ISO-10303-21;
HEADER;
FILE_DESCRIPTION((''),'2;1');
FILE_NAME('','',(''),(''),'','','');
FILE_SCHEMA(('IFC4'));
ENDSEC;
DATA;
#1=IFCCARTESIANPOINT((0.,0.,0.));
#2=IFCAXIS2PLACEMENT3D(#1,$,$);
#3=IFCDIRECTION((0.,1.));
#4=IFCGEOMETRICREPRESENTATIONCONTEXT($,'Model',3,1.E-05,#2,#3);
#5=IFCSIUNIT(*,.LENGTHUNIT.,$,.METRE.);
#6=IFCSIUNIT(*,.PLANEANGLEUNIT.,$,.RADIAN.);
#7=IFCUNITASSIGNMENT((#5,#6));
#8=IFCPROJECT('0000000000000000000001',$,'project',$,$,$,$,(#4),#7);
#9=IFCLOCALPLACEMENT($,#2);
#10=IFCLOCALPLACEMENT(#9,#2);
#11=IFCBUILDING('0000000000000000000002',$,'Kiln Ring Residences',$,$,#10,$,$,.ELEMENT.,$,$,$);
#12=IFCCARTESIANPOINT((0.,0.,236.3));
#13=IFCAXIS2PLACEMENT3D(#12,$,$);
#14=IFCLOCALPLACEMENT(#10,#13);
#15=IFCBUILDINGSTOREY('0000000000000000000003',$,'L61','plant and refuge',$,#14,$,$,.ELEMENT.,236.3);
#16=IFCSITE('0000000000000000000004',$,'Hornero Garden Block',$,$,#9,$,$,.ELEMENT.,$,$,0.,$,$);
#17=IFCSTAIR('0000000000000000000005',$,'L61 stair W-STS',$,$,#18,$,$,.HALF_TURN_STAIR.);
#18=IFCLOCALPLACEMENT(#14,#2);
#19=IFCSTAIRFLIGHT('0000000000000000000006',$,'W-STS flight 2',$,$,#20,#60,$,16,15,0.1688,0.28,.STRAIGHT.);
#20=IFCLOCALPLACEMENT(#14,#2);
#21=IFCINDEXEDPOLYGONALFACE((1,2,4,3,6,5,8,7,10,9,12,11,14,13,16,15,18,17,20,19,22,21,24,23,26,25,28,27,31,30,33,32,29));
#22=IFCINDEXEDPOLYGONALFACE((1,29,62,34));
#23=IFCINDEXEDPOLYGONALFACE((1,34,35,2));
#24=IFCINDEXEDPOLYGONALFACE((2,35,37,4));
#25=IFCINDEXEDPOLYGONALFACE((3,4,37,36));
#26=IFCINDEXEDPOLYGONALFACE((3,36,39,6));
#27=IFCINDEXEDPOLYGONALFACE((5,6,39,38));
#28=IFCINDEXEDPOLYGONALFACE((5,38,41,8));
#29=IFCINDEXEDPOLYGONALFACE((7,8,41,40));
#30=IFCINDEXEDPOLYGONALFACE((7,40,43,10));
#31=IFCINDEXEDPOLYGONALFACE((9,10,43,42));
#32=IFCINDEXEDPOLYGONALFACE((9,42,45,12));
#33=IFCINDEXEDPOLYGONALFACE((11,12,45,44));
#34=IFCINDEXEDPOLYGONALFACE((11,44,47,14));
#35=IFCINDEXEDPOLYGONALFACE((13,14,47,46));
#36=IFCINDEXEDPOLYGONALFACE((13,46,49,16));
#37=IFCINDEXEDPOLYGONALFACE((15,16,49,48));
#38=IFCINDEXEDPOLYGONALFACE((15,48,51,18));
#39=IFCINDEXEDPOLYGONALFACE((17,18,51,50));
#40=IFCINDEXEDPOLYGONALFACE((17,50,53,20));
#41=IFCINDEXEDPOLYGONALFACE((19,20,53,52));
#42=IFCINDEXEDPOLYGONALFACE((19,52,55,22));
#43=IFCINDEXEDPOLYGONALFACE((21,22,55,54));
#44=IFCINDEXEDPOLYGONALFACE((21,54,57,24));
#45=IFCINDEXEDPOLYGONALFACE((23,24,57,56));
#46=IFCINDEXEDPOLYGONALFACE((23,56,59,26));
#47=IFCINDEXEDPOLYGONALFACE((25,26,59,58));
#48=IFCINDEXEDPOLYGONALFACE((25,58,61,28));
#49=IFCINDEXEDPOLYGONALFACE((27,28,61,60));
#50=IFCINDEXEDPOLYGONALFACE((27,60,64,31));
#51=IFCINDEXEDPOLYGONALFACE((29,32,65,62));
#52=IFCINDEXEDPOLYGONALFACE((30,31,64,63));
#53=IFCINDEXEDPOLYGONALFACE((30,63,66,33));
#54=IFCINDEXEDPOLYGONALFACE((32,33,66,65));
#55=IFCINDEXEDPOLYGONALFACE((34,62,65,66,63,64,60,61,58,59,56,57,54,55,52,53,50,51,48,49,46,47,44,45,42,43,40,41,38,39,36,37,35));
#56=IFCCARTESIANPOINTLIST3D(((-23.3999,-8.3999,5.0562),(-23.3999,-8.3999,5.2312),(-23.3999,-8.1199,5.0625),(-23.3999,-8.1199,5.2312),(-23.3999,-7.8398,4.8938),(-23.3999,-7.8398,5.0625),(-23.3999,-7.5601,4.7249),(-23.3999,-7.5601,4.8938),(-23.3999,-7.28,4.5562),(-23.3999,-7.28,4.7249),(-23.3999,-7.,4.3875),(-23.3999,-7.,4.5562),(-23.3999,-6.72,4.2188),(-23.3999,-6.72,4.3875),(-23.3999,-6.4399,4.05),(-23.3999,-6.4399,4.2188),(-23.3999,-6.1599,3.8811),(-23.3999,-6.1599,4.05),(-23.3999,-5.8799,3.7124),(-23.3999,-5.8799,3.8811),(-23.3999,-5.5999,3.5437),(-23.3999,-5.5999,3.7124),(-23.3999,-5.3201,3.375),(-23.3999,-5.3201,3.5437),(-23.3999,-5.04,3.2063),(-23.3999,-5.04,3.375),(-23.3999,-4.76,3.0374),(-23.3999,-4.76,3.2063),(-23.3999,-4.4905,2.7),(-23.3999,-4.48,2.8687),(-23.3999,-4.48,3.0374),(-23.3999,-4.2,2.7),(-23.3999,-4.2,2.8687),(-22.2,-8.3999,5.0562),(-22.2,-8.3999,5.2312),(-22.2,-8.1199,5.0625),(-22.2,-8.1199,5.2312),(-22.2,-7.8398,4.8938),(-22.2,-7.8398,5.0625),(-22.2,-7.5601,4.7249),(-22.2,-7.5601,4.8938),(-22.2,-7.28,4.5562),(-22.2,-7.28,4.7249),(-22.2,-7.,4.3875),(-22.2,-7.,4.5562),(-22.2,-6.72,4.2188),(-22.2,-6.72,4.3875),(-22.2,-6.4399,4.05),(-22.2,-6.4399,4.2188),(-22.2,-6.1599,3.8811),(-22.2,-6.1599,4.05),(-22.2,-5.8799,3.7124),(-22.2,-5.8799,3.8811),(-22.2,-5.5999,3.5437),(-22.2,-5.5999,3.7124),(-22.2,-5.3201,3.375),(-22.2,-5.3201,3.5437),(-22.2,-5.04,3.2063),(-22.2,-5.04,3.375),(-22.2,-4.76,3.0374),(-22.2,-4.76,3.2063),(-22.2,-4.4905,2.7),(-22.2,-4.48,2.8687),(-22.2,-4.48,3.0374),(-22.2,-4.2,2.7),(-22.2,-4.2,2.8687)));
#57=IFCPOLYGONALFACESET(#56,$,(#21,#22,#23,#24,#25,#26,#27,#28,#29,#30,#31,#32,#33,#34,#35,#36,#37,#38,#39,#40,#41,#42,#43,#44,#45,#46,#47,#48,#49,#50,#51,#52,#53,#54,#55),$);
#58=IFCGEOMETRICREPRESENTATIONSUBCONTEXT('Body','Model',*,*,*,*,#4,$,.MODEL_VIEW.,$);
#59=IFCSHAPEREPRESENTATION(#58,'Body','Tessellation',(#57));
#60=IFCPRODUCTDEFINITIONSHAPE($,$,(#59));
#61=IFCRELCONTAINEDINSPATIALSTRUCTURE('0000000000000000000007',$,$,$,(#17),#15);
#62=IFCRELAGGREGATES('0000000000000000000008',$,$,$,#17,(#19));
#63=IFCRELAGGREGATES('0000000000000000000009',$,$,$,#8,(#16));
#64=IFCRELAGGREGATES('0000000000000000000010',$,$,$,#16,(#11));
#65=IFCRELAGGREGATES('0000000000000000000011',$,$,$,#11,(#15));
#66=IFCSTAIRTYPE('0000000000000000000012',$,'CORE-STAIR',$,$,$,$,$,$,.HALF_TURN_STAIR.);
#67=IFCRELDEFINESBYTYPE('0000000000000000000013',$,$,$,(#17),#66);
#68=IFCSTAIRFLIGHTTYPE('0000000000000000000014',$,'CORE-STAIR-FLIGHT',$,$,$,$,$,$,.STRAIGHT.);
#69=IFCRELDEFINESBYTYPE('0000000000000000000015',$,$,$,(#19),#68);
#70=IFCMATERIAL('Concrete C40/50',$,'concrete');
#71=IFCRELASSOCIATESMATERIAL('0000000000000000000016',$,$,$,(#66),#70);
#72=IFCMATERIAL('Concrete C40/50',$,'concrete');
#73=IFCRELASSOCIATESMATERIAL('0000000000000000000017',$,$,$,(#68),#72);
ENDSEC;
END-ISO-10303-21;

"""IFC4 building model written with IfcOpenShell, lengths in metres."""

from ifc_helpers import new_model, si_unit, direction, frame, origin, place, context, subcontext, project, spatial, polyline, outline, extrude, material, type_object, element, aggregate, save


model = new_model("IFC4")

# Units and contexts
model_context = context("Model", 3, precision=1e-05, world=origin(), true_north=direction((0.0, 1.0)))
body_context = subcontext(model_context, "Body", "Model", "MODEL_VIEW")
ifc_project = project(units=[si_unit("LENGTHUNIT", "METRE"), si_unit("PLANEANGLEUNIT", "RADIAN")], contexts=[model_context])

# Site, building, storey
site_placement = place(None, origin())
site = spatial("IfcSite", under=ifc_project, at=site_placement, Name="Hornero Garden Block", CompositionType="ELEMENT", RefElevation=0.0)
building_placement = place(site_placement, origin())
building = spatial("IfcBuilding", under=site, at=building_placement, Name="Kiln Ring Residences", CompositionType="ELEMENT")
storey_placement = place(building_placement, frame((0.0, 0.0, 236.3)))
storey = spatial("IfcBuildingStorey", under=building, at=storey_placement, Name="L61", Description="plant and refuge", CompositionType="ELEMENT", Elevation=236.3)

# Stair, stair flight
ifc_material_1 = material(Name="Concrete C40/50", Category="concrete")
stair_type = type_object("IfcStairType", Name="CORE-STAIR", PredefinedType="HALF_TURN_STAIR", material=ifc_material_1)
stair_placement = place(storey_placement, origin())
stair = element("IfcStair", 1, at=stair_placement, inside=storey, type_object=stair_type, Name="L61 stair W-STS", PredefinedType="HALF_TURN_STAIR")
ifc_material_2 = material(Name="Concrete C40/50", Category="concrete")
stair_flight_type = type_object("IfcStairFlightType", Name="CORE-STAIR-FLIGHT", PredefinedType="STRAIGHT", material=ifc_material_2)
stair_flight_1_placement = place(storey_placement, frame((-22.8, -4.2, 2.7), z_axis=(0.0, 0.0, 1.0), x_axis=(0.0, -1.0, 0.0)))
stair_flight_1 = element("IfcStairFlight", 2, at=stair_flight_1_placement, type_object=stair_flight_type, Name="W-STS flight 2", NumberOfRisers=16, NumberOfTreads=15, PredefinedType="STRAIGHT", RiserHeight=0.1688, TreadLength=0.28, context=body_context, shape_type="SweptSolid", body=[
    extrude(outline(polyline([(0.0, 0.0), (0.0, 0.1687), (0.28, 0.1687), (0.28, 0.3374), (0.5601, 0.3374), (0.5601, 0.5063), (0.8401, 0.5063), (0.8401, 0.675), (1.1201, 0.675), (1.1201, 0.8438), (1.3999, 0.8438), (1.3999, 1.0125), (1.6799, 1.0125), (1.6799, 1.1812), (1.96, 1.1812), (1.96, 1.3501), (2.24, 1.3501), (2.24, 1.5188), (2.52, 1.5188), (2.52, 1.6875), (2.8, 1.6875), (2.8, 1.8562), (3.0801, 1.8562), (3.0801, 2.0249), (3.3601, 2.0249), (3.3601, 2.1938), (3.6399, 2.1938), (3.6399, 2.3625), (3.9199, 2.3625), (3.9199, 2.5312), (4.2, 2.5312), (4.2, 2.7), (4.2, 2.3562), (0.2905, 0.0), (0.0, 0.0)])), frame((0.0, 0.6001, 0.0), z_axis=(0.0, -1.0, 0.0), x_axis=(1.0, 0.0, 0.0)), (0.0, 0.0, 1.0), 1.2),
])
aggregate(stair, [stair_flight_1])

save(model, "model.ifc")
